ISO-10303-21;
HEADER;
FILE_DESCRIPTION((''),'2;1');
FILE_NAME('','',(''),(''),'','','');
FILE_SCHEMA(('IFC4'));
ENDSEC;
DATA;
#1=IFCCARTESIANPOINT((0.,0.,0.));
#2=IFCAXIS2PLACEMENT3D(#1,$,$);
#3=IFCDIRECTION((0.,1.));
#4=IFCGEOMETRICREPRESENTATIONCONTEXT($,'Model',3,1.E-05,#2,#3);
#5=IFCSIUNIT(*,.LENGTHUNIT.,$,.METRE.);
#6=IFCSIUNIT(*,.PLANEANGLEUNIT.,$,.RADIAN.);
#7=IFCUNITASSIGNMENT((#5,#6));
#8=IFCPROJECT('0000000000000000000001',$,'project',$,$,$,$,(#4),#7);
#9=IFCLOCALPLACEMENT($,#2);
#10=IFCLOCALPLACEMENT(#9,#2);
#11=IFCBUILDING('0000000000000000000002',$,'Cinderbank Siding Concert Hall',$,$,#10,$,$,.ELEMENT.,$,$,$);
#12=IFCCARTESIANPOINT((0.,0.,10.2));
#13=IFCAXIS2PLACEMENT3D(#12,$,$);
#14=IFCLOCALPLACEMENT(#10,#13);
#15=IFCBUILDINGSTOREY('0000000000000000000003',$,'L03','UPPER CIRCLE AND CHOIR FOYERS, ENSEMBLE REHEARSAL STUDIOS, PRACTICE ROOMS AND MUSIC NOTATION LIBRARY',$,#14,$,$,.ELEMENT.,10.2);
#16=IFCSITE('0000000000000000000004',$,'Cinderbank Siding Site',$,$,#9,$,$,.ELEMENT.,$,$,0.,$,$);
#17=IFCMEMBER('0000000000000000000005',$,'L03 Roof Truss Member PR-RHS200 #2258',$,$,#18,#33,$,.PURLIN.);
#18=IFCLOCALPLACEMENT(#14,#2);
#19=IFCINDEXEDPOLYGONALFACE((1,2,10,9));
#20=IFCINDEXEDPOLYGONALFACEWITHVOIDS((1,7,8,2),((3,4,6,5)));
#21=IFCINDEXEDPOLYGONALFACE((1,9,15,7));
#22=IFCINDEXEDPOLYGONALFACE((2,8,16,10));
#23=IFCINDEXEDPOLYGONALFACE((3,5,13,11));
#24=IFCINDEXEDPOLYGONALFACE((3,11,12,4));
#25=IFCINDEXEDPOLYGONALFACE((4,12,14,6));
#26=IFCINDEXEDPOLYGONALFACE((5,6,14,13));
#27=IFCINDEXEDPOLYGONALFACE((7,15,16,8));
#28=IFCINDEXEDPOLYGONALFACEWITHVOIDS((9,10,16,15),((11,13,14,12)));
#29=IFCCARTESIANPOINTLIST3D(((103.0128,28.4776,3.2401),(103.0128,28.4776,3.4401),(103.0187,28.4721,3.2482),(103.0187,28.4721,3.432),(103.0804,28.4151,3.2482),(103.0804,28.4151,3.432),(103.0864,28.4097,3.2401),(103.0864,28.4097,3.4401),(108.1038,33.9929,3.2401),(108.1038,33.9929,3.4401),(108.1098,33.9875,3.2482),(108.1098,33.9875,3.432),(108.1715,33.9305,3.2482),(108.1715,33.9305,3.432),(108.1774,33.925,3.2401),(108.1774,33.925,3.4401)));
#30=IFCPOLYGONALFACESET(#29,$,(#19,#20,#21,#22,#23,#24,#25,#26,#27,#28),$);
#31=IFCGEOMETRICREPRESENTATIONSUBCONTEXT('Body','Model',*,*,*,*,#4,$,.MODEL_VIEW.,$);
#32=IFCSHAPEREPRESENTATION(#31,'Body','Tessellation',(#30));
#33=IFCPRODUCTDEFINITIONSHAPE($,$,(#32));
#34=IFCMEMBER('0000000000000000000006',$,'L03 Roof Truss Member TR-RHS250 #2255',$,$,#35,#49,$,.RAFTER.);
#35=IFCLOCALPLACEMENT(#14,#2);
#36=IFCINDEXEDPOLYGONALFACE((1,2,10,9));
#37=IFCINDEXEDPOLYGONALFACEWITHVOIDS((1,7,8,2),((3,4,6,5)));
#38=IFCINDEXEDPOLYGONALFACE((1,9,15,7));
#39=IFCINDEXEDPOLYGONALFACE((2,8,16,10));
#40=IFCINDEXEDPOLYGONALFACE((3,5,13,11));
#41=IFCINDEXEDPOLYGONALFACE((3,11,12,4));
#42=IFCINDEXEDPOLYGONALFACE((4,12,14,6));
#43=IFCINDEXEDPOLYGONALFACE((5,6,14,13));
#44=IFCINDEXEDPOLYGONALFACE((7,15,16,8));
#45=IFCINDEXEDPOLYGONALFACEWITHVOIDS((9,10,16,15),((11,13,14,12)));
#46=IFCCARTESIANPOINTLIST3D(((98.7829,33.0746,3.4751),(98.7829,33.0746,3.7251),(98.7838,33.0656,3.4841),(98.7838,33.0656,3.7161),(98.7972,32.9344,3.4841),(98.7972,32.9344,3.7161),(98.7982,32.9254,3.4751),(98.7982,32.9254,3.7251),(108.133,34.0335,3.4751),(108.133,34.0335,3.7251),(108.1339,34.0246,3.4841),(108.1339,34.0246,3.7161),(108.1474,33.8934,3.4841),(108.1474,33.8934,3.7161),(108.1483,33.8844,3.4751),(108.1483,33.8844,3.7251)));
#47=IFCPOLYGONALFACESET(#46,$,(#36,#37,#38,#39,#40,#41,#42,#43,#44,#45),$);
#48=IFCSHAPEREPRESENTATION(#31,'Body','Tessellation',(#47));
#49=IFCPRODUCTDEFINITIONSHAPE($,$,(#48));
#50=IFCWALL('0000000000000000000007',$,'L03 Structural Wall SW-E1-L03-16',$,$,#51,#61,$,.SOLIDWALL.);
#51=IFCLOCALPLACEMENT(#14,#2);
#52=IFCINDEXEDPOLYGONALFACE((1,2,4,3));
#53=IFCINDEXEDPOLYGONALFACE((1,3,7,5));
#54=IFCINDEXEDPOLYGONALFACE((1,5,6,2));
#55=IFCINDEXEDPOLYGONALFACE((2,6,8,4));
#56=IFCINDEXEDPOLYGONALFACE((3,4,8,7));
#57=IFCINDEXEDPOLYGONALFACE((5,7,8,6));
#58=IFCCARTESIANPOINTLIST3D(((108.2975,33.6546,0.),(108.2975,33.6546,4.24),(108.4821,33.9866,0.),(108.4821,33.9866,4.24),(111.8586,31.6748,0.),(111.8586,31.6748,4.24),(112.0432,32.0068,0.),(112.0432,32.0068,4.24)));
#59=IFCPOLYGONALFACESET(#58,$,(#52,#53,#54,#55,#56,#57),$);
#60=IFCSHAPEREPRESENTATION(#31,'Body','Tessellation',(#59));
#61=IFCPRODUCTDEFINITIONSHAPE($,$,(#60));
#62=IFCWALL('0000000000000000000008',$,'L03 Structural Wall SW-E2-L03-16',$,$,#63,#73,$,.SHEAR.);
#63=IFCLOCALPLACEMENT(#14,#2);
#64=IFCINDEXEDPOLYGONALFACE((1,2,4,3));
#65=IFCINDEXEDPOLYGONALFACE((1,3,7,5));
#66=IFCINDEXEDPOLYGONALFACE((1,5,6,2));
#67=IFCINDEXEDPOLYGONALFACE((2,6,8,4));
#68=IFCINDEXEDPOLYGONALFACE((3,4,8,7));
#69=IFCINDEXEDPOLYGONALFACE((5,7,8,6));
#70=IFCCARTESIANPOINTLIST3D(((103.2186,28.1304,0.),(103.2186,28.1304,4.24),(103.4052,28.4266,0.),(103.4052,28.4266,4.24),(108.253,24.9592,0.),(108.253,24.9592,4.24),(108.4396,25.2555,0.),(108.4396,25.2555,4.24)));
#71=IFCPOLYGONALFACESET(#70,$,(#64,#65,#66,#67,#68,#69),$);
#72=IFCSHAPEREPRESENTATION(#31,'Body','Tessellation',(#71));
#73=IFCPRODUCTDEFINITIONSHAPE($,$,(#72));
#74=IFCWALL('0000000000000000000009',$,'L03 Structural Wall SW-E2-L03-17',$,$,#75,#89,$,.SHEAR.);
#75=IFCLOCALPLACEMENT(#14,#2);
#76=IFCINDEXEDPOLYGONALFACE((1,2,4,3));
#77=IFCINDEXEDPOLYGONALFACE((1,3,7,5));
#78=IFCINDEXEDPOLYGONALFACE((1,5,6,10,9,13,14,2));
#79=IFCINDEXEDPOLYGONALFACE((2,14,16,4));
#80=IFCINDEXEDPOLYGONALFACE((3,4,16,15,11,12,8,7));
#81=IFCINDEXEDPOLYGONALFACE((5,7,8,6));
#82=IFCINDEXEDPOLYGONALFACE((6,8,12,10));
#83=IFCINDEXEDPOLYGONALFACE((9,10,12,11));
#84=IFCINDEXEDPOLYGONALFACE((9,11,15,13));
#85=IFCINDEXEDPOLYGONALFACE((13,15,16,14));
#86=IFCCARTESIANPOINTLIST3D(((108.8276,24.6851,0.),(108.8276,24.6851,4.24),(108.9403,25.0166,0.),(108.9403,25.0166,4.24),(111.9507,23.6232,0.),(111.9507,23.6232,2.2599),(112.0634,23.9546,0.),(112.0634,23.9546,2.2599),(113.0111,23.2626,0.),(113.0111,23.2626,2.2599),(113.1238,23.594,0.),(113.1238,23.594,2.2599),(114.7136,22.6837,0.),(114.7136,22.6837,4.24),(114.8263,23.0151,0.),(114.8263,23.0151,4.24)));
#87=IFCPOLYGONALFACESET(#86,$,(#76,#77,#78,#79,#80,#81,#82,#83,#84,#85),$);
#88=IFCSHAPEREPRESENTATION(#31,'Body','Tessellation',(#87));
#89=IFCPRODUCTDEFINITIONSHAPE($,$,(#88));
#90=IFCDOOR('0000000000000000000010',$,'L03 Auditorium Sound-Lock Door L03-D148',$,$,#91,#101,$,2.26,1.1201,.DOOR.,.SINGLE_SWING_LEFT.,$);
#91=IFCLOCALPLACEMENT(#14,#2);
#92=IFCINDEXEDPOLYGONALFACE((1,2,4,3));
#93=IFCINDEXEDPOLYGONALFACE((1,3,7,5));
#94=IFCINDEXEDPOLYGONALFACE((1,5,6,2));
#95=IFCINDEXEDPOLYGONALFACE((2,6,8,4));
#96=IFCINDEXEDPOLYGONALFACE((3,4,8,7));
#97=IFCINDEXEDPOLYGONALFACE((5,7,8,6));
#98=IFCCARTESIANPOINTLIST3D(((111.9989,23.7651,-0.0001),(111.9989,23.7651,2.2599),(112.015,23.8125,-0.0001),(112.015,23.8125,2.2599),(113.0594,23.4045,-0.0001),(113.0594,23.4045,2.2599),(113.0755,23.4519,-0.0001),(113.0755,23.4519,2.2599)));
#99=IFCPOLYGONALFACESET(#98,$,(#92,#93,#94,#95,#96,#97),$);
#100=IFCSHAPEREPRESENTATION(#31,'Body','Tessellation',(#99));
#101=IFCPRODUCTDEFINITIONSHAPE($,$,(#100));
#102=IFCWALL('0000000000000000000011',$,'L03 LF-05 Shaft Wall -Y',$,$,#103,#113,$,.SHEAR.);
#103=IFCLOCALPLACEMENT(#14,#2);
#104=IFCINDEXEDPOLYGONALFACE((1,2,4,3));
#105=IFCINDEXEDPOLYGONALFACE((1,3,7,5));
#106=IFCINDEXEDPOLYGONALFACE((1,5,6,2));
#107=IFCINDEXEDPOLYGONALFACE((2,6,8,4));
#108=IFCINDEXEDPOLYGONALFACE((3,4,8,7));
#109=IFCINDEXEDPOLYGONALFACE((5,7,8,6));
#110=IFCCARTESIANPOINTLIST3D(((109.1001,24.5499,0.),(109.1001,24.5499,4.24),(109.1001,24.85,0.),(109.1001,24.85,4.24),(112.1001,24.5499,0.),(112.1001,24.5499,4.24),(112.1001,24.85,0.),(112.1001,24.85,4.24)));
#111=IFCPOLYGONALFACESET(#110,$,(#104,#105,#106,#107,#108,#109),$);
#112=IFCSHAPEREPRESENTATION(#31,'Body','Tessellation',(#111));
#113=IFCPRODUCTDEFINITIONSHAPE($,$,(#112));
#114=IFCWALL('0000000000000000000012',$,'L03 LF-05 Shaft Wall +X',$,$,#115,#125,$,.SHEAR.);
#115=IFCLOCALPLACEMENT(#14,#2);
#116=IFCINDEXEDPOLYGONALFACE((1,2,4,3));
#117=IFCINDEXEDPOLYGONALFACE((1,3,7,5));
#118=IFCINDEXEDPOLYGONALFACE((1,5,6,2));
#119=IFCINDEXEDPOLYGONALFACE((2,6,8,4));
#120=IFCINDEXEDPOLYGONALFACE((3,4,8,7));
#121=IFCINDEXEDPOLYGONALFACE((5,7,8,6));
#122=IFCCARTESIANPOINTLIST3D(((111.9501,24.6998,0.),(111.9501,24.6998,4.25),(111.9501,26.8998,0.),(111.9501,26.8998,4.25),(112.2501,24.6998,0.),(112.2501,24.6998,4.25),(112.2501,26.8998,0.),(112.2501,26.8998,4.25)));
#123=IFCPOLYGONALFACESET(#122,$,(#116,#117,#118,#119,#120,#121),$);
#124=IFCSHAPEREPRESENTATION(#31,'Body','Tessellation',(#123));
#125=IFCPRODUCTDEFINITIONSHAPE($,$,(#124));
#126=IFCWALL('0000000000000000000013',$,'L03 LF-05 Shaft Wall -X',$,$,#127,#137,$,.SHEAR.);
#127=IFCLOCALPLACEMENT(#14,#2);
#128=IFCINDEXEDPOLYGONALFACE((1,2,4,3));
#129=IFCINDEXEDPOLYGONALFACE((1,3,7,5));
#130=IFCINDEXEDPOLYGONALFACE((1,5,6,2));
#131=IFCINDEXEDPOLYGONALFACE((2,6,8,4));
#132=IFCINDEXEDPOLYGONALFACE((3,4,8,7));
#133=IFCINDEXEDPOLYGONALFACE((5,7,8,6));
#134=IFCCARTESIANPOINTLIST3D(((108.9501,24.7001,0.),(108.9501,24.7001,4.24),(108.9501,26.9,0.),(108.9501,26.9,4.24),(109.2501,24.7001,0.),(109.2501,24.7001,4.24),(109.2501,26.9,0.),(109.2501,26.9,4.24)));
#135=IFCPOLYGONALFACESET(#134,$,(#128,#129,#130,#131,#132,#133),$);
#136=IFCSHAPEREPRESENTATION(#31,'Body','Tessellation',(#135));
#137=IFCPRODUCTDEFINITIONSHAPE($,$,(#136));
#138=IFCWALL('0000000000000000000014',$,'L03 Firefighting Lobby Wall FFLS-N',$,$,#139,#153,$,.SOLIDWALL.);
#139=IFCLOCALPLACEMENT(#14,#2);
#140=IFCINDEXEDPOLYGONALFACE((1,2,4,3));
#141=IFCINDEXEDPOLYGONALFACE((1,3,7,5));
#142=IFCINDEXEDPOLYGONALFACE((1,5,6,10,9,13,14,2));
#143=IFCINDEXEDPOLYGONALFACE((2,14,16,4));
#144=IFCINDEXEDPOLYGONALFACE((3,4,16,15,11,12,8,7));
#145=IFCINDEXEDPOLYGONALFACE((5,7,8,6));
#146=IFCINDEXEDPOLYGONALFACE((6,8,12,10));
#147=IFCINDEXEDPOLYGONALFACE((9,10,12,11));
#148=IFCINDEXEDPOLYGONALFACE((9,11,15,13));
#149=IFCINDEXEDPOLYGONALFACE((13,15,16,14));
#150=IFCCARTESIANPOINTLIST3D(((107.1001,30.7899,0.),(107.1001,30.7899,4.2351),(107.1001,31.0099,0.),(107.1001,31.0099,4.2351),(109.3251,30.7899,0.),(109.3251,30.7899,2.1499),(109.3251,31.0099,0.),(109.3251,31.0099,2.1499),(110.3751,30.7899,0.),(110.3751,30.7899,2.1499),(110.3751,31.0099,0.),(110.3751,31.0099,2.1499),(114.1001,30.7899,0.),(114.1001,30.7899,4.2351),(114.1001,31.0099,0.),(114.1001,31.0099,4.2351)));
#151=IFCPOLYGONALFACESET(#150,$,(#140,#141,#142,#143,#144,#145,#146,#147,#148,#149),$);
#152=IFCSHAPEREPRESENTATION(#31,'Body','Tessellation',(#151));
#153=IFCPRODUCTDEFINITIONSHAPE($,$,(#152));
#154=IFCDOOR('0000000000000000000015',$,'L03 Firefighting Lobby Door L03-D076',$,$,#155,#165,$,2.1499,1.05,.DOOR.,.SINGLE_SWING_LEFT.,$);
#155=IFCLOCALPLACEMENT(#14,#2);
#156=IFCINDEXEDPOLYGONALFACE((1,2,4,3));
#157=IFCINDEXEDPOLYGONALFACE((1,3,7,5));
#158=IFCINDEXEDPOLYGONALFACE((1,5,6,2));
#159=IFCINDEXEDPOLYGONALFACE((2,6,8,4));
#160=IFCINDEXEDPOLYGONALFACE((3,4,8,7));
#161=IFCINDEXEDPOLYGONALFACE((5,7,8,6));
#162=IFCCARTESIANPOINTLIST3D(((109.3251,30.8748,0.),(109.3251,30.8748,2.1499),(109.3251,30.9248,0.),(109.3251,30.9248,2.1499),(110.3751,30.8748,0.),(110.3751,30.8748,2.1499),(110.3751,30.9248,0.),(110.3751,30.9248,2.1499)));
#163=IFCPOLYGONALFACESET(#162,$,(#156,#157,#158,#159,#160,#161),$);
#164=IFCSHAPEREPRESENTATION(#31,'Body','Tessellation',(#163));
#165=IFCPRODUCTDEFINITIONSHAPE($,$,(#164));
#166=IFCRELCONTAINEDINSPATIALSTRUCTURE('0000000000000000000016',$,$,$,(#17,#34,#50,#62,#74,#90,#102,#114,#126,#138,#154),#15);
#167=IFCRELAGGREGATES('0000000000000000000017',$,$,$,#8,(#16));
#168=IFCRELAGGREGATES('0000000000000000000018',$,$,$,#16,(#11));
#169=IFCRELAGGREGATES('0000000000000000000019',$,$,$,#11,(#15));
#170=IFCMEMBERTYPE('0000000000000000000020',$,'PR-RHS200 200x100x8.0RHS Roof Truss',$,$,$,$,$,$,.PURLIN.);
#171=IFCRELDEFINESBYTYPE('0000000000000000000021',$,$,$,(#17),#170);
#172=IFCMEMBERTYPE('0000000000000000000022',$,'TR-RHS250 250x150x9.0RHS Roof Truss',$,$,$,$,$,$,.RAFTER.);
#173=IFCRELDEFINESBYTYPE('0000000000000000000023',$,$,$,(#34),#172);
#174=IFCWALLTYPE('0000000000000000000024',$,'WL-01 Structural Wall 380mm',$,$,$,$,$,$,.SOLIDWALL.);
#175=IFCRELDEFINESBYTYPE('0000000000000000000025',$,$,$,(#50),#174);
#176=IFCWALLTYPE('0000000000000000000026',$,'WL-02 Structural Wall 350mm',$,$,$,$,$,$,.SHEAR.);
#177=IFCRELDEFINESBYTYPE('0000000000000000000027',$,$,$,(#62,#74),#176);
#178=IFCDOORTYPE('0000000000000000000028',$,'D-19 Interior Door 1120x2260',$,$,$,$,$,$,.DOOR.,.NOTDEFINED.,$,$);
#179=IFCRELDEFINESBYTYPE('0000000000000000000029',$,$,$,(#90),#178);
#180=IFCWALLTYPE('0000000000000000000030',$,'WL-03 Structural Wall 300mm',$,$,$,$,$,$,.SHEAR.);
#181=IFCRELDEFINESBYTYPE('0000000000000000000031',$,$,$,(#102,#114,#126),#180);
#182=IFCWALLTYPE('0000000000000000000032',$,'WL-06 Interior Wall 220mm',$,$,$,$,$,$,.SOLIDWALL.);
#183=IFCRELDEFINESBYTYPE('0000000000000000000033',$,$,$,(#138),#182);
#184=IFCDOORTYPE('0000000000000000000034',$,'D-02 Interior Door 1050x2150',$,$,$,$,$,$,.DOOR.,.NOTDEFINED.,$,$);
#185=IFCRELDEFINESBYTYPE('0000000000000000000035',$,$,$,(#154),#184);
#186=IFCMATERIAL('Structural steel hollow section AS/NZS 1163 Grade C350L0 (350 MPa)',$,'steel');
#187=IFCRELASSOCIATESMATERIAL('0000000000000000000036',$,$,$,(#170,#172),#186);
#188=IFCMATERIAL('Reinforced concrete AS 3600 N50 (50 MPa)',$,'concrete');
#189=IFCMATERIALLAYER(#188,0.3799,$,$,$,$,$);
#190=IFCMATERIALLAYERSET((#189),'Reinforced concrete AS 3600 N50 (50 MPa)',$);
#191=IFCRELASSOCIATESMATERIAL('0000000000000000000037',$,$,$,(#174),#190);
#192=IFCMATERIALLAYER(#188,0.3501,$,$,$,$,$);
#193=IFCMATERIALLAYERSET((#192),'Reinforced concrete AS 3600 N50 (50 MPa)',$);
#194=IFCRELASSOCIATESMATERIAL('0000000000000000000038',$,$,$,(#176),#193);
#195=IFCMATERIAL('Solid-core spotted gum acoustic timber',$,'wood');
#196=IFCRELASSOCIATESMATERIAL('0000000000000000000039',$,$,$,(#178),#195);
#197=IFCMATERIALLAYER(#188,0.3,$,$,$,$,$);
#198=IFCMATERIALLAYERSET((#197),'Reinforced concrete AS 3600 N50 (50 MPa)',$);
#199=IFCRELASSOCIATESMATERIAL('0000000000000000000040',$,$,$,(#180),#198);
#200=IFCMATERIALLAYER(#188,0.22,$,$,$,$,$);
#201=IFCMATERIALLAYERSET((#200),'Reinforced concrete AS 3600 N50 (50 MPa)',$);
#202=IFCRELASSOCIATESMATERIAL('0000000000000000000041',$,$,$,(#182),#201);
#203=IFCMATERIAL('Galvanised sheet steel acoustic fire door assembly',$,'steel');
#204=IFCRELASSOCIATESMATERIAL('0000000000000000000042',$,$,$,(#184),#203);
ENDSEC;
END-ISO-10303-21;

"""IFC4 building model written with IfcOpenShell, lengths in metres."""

from ifc_helpers import new_model, si_unit, direction, frame, frame_2d, origin, origin_2d, place, context, subcontext, project, spatial, rectangle, hollow_rectangle, extrude, material, layer, layer_set, material_profile, profile_set, type_object, element, fill, save


model = new_model("IFC4")

# Units and contexts
model_context = context("Model", 3, precision=1e-05, world=origin(), true_north=direction((0.0, 1.0)))
body_context = subcontext(model_context, "Body", "Model", "MODEL_VIEW")
ifc_project = project(units=[si_unit("LENGTHUNIT", "METRE"), si_unit("PLANEANGLEUNIT", "RADIAN")], contexts=[model_context])

# Site, building, storey
site_placement = place(None, origin())
site = spatial("IfcSite", under=ifc_project, at=site_placement, Name="Cinderbank Siding Site", CompositionType="ELEMENT", RefElevation=0.0)
building_placement = place(site_placement, origin())
building = spatial("IfcBuilding", under=site, at=building_placement, Name="Cinderbank Siding Concert Hall", CompositionType="ELEMENT")
storey_placement = place(building_placement, frame((0.0, 0.0, 10.2)))
storey = spatial("IfcBuildingStorey", under=building, at=storey_placement, Name="L03", Description="UPPER CIRCLE AND CHOIR FOYERS, ENSEMBLE REHEARSAL STUDIOS, PRACTICE ROOMS AND MUSIC NOTATION LIBRARY", CompositionType="ELEMENT", Elevation=10.2)

# Shared definitions
ifc_material_1 = material(Name="Reinforced concrete AS 3600 N50 (50 MPa)", Category="concrete")

# Members
ifc_material_2 = material(Name="Structural steel hollow section AS/NZS 1163 Grade C350L0 (350 MPa)", Category="steel")
ifc_material_profile_1 = material_profile(ifc_material_2, hollow_rectangle(XDim=0.1001, YDim=0.2, WallThickness=0.0081, at=origin_2d()), Name="200x100x8.0RHS", Category="LoadBearing")
ifc_profile_set_1 = profile_set([ifc_material_profile_1], Name="Structural steel hollow section AS/NZS 1163 Grade C350L0 (350 MPa)")
member_type_1 = type_object("IfcMemberType", Name="PR-RHS200 200x100x8.0RHS Roof Truss", PredefinedType="PURLIN", material=ifc_profile_set_1)
member_1_placement = place(storey_placement, frame((108.1406, 33.959, 3.3401), z_axis=(-0.678276, -0.734807, 0.0), x_axis=(0.734807, -0.678276, 0.0)))
element("IfcMember", 1, at=member_1_placement, inside=storey, type_object=member_type_1, Name="L03 Roof Truss Member PR-RHS200 #2258", PredefinedType="PURLIN", context=body_context, shape_type="SweptSolid", body=[
    extrude(hollow_rectangle(XDim=0.1001, YDim=0.2, WallThickness=0.0081, at=origin_2d()), origin(), (0.0, 0.0, 1.0), 7.5059),
])
ifc_material_profile_2 = material_profile(ifc_material_2, hollow_rectangle(XDim=0.1499, YDim=0.25, WallThickness=0.009, at=origin_2d()), Name="250x150x9.0RHS", Category="LoadBearing")
ifc_profile_set_2 = profile_set([ifc_material_profile_2], Name="Structural steel hollow section AS/NZS 1163 Grade C350L0 (350 MPa)")
member_type_2 = type_object("IfcMemberType", Name="TR-RHS250 250x150x9.0RHS Roof Truss", PredefinedType="RAFTER", material=ifc_profile_set_2)
member_2_placement = place(storey_placement, frame((108.1406, 33.959, 3.6001), z_axis=(-0.994781, -0.102029, 0.0), x_axis=(0.102029, -0.994781, 0.0)))
element("IfcMember", 2, at=member_2_placement, inside=storey, type_object=member_type_2, Name="L03 Roof Truss Member TR-RHS250 #2255", PredefinedType="RAFTER", context=body_context, shape_type="SweptSolid", body=[
    extrude(hollow_rectangle(XDim=0.1499, YDim=0.25, WallThickness=0.009, at=origin_2d()), origin(), (0.0, 0.0, 1.0), 9.3992),
])

# Walls
ifc_layer_1 = layer(ifc_material_1, 0.3799)
ifc_layer_set_1 = layer_set([ifc_layer_1], Name="Reinforced concrete AS 3600 N50 (50 MPa)")
wall_type_1 = type_object("IfcWallType", Name="WL-01 Structural Wall 380mm", PredefinedType="SOLIDWALL", material=ifc_layer_set_1)
wall_1_placement = place(storey_placement, frame((108.3899, 33.8206, 0.0), z_axis=(0.0, 0.0, 1.0), x_axis=(0.874013, -0.485902, 0.0)))
element("IfcWall", 3, at=wall_1_placement, inside=storey, type_object=wall_type_1, Name="L03 Structural Wall SW-E1-L03-16", PredefinedType="SOLIDWALL", context=body_context, shape_type="SweptSolid", body=[
    extrude(rectangle(XDim=4.0745, YDim=0.3799, at=frame_2d((2.0371, 0.0))), origin(), (0.0, 0.0, 1.0), 4.24),
])
ifc_layer_2 = layer(ifc_material_1, 0.3501)
ifc_layer_set_2 = layer_set([ifc_layer_2], Name="Reinforced concrete AS 3600 N50 (50 MPa)")
wall_type_2 = type_object("IfcWallType", Name="WL-02 Structural Wall 350mm", PredefinedType="SHEAR", material=ifc_layer_set_2)
wall_2_placement = place(storey_placement, frame((103.3118, 28.2786, 0.0), z_axis=(0.0, 0.0, 1.0), x_axis=(0.846133, -0.532972, 0.0)))
element("IfcWall", 4, at=wall_2_placement, inside=storey, type_object=wall_type_2, Name="L03 Structural Wall SW-E2-L03-16", PredefinedType="SHEAR", context=body_context, shape_type="SweptSolid", body=[
    extrude(rectangle(XDim=5.95, YDim=0.3501, at=frame_2d((2.9751, 0.0))), origin(), (0.0, 0.0, 1.0), 4.24),
])

# Wall, opening, door
wall_3_placement = place(storey_placement, frame((108.884, 24.8508, 0.0), z_axis=(0.0, 0.0, 1.0), x_axis=(0.946761, -0.321936, 0.0)))
wall_3 = element("IfcWall", 5, at=wall_3_placement, inside=storey, type_object=wall_type_2, Name="L03 Structural Wall SW-E2-L03-17", PredefinedType="SHEAR", context=body_context, shape_type="SweptSolid", body=[
    extrude(rectangle(XDim=6.217, YDim=0.3501, at=frame_2d((3.1084, 0.0))), origin(), (0.0, 0.0, 1.0), 4.24),
])
opening_1_placement = place(wall_3_placement, frame((3.2986, 0.0, 0.0)))
opening_1 = element("IfcOpeningElement", 6, at=opening_1_placement, cuts=wall_3, PredefinedType="OPENING", context=body_context, shape_type="SweptSolid", body=[
    extrude(rectangle(XDim=1.1201, YDim=2.26, at=frame_2d((0.5601, 1.1299))), frame((0.0, 0.187, 0.0), z_axis=(0.0, -1.0, 0.0), x_axis=(1.0, 0.0, 0.0)), (0.0, 0.0, 1.0), 0.374),
])
ifc_material_3 = material(Name="Solid-core spotted gum acoustic timber", Category="wood")
door_type_1 = type_object("IfcDoorType", Name="D-19 Interior Door 1120x2260", OperationType="NOTDEFINED", PredefinedType="DOOR", material=ifc_material_3)
door_1_placement = place(opening_1_placement, origin())
door_1 = element("IfcDoor", 7, at=door_1_placement, inside=storey, type_object=door_type_1, Name="L03 Auditorium Sound-Lock Door L03-D148", OperationType="SINGLE_SWING_LEFT", OverallHeight=2.26, OverallWidth=1.1201, PredefinedType="DOOR", context=body_context, shape_type="SweptSolid", body=[
    extrude(rectangle(XDim=1.1201, YDim=2.26, at=frame_2d((0.5601, 1.1299))), frame((0.0, 0.0249, 0.0), z_axis=(0.0, -1.0, 0.0), x_axis=(1.0, 0.0, 0.0)), (0.0, 0.0, 1.0), 0.05),
])
fill(opening_1, door_1)

# Walls
ifc_layer_3 = layer(ifc_material_1, 0.3)
ifc_layer_set_3 = layer_set([ifc_layer_3], Name="Reinforced concrete AS 3600 N50 (50 MPa)")
wall_type_3 = type_object("IfcWallType", Name="WL-03 Structural Wall 300mm", PredefinedType="SHEAR", material=ifc_layer_set_3)
wall_4_placement = place(storey_placement, frame((112.1001, 24.7, 0.0), z_axis=(0.0, 0.0, 1.0), x_axis=(-1.0, 0.0, 0.0)))
element("IfcWall", 8, at=wall_4_placement, inside=storey, type_object=wall_type_3, Name="L03 LF-05 Shaft Wall -Y", PredefinedType="SHEAR", context=body_context, shape_type="SweptSolid", body=[
    extrude(rectangle(XDim=3.0, YDim=0.3, at=frame_2d((1.5, 0.0))), origin(), (0.0, 0.0, 1.0), 4.24),
])
wall_5_placement = place(storey_placement, frame((112.1001, 26.8999, 0.0), z_axis=(0.0, 0.0, 1.0), x_axis=(0.0, -1.0, 0.0)))
element("IfcWall", 9, at=wall_5_placement, inside=storey, type_object=wall_type_3, Name="L03 LF-05 Shaft Wall +X", PredefinedType="SHEAR", context=body_context, shape_type="SweptSolid", body=[
    extrude(rectangle(XDim=2.2, YDim=0.3, at=frame_2d((1.1001, 0.0))), origin(), (0.0, 0.0, 1.0), 4.25),
])

# Shared definitions
ifc_material_4 = material(Name="Galvanised sheet steel acoustic fire door assembly", Category="steel")

# Wall
wall_6_placement = place(storey_placement, frame((109.1001, 24.7, 0.0), z_axis=(0.0, 0.0, 1.0), x_axis=(0.0, 1.0, 0.0)))
element("IfcWall", 10, at=wall_6_placement, inside=storey, type_object=wall_type_3, Name="L03 LF-05 Shaft Wall -X", PredefinedType="SHEAR", context=body_context, shape_type="SweptSolid", body=[
    extrude(rectangle(XDim=2.2, YDim=0.3, at=frame_2d((1.1001, 0.0))), origin(), (0.0, 0.0, 1.0), 4.24),
])

# Wall, opening, door
ifc_layer_4 = layer(ifc_material_1, 0.22)
ifc_layer_set_4 = layer_set([ifc_layer_4], Name="Reinforced concrete AS 3600 N50 (50 MPa)")
wall_type_4 = type_object("IfcWallType", Name="WL-06 Interior Wall 220mm", PredefinedType="SOLIDWALL", material=ifc_layer_set_4)
wall_7_placement = place(storey_placement, frame((107.1001, 30.8999, 0.0), z_axis=(0.0, 0.0, 1.0), x_axis=(1.0, 0.0, 0.0)))
wall_7 = element("IfcWall", 11, at=wall_7_placement, inside=storey, type_object=wall_type_4, Name="L03 Firefighting Lobby Wall FFLS-N", PredefinedType="SOLIDWALL", context=body_context, shape_type="SweptSolid", body=[
    extrude(rectangle(XDim=7.0, YDim=0.22, at=frame_2d((3.5, 0.0))), origin(), (0.0, 0.0, 1.0), 4.2351),
])
opening_2_placement = place(wall_7_placement, frame((2.2251, 0.0, 0.0)))
opening_2 = element("IfcOpeningElement", 12, at=opening_2_placement, cuts=wall_7, PredefinedType="OPENING", context=body_context, shape_type="SweptSolid", body=[
    extrude(rectangle(XDim=1.05, YDim=2.1499, at=frame_2d((0.5249, 1.075))), frame((0.0, 0.1221, 0.0), z_axis=(0.0, -1.0, 0.0), x_axis=(1.0, 0.0, 0.0)), (0.0, 0.0, 1.0), 0.2439),
])
door_type_2 = type_object("IfcDoorType", Name="D-02 Interior Door 1050x2150", OperationType="NOTDEFINED", PredefinedType="DOOR", material=ifc_material_4)
door_2_placement = place(opening_2_placement, origin())
door_2 = element("IfcDoor", 13, at=door_2_placement, inside=storey, type_object=door_type_2, Name="L03 Firefighting Lobby Door L03-D076", OperationType="SINGLE_SWING_LEFT", OverallHeight=2.1499, OverallWidth=1.05, PredefinedType="DOOR", context=body_context, shape_type="SweptSolid", body=[
    extrude(rectangle(XDim=1.05, YDim=2.1499, at=frame_2d((0.5249, 1.075))), frame((0.0, 0.0249, 0.0), z_axis=(0.0, -1.0, 0.0), x_axis=(1.0, 0.0, 0.0)), (0.0, 0.0, 1.0), 0.05),
])
fill(opening_2, door_2)

save(model, "model.ifc")
